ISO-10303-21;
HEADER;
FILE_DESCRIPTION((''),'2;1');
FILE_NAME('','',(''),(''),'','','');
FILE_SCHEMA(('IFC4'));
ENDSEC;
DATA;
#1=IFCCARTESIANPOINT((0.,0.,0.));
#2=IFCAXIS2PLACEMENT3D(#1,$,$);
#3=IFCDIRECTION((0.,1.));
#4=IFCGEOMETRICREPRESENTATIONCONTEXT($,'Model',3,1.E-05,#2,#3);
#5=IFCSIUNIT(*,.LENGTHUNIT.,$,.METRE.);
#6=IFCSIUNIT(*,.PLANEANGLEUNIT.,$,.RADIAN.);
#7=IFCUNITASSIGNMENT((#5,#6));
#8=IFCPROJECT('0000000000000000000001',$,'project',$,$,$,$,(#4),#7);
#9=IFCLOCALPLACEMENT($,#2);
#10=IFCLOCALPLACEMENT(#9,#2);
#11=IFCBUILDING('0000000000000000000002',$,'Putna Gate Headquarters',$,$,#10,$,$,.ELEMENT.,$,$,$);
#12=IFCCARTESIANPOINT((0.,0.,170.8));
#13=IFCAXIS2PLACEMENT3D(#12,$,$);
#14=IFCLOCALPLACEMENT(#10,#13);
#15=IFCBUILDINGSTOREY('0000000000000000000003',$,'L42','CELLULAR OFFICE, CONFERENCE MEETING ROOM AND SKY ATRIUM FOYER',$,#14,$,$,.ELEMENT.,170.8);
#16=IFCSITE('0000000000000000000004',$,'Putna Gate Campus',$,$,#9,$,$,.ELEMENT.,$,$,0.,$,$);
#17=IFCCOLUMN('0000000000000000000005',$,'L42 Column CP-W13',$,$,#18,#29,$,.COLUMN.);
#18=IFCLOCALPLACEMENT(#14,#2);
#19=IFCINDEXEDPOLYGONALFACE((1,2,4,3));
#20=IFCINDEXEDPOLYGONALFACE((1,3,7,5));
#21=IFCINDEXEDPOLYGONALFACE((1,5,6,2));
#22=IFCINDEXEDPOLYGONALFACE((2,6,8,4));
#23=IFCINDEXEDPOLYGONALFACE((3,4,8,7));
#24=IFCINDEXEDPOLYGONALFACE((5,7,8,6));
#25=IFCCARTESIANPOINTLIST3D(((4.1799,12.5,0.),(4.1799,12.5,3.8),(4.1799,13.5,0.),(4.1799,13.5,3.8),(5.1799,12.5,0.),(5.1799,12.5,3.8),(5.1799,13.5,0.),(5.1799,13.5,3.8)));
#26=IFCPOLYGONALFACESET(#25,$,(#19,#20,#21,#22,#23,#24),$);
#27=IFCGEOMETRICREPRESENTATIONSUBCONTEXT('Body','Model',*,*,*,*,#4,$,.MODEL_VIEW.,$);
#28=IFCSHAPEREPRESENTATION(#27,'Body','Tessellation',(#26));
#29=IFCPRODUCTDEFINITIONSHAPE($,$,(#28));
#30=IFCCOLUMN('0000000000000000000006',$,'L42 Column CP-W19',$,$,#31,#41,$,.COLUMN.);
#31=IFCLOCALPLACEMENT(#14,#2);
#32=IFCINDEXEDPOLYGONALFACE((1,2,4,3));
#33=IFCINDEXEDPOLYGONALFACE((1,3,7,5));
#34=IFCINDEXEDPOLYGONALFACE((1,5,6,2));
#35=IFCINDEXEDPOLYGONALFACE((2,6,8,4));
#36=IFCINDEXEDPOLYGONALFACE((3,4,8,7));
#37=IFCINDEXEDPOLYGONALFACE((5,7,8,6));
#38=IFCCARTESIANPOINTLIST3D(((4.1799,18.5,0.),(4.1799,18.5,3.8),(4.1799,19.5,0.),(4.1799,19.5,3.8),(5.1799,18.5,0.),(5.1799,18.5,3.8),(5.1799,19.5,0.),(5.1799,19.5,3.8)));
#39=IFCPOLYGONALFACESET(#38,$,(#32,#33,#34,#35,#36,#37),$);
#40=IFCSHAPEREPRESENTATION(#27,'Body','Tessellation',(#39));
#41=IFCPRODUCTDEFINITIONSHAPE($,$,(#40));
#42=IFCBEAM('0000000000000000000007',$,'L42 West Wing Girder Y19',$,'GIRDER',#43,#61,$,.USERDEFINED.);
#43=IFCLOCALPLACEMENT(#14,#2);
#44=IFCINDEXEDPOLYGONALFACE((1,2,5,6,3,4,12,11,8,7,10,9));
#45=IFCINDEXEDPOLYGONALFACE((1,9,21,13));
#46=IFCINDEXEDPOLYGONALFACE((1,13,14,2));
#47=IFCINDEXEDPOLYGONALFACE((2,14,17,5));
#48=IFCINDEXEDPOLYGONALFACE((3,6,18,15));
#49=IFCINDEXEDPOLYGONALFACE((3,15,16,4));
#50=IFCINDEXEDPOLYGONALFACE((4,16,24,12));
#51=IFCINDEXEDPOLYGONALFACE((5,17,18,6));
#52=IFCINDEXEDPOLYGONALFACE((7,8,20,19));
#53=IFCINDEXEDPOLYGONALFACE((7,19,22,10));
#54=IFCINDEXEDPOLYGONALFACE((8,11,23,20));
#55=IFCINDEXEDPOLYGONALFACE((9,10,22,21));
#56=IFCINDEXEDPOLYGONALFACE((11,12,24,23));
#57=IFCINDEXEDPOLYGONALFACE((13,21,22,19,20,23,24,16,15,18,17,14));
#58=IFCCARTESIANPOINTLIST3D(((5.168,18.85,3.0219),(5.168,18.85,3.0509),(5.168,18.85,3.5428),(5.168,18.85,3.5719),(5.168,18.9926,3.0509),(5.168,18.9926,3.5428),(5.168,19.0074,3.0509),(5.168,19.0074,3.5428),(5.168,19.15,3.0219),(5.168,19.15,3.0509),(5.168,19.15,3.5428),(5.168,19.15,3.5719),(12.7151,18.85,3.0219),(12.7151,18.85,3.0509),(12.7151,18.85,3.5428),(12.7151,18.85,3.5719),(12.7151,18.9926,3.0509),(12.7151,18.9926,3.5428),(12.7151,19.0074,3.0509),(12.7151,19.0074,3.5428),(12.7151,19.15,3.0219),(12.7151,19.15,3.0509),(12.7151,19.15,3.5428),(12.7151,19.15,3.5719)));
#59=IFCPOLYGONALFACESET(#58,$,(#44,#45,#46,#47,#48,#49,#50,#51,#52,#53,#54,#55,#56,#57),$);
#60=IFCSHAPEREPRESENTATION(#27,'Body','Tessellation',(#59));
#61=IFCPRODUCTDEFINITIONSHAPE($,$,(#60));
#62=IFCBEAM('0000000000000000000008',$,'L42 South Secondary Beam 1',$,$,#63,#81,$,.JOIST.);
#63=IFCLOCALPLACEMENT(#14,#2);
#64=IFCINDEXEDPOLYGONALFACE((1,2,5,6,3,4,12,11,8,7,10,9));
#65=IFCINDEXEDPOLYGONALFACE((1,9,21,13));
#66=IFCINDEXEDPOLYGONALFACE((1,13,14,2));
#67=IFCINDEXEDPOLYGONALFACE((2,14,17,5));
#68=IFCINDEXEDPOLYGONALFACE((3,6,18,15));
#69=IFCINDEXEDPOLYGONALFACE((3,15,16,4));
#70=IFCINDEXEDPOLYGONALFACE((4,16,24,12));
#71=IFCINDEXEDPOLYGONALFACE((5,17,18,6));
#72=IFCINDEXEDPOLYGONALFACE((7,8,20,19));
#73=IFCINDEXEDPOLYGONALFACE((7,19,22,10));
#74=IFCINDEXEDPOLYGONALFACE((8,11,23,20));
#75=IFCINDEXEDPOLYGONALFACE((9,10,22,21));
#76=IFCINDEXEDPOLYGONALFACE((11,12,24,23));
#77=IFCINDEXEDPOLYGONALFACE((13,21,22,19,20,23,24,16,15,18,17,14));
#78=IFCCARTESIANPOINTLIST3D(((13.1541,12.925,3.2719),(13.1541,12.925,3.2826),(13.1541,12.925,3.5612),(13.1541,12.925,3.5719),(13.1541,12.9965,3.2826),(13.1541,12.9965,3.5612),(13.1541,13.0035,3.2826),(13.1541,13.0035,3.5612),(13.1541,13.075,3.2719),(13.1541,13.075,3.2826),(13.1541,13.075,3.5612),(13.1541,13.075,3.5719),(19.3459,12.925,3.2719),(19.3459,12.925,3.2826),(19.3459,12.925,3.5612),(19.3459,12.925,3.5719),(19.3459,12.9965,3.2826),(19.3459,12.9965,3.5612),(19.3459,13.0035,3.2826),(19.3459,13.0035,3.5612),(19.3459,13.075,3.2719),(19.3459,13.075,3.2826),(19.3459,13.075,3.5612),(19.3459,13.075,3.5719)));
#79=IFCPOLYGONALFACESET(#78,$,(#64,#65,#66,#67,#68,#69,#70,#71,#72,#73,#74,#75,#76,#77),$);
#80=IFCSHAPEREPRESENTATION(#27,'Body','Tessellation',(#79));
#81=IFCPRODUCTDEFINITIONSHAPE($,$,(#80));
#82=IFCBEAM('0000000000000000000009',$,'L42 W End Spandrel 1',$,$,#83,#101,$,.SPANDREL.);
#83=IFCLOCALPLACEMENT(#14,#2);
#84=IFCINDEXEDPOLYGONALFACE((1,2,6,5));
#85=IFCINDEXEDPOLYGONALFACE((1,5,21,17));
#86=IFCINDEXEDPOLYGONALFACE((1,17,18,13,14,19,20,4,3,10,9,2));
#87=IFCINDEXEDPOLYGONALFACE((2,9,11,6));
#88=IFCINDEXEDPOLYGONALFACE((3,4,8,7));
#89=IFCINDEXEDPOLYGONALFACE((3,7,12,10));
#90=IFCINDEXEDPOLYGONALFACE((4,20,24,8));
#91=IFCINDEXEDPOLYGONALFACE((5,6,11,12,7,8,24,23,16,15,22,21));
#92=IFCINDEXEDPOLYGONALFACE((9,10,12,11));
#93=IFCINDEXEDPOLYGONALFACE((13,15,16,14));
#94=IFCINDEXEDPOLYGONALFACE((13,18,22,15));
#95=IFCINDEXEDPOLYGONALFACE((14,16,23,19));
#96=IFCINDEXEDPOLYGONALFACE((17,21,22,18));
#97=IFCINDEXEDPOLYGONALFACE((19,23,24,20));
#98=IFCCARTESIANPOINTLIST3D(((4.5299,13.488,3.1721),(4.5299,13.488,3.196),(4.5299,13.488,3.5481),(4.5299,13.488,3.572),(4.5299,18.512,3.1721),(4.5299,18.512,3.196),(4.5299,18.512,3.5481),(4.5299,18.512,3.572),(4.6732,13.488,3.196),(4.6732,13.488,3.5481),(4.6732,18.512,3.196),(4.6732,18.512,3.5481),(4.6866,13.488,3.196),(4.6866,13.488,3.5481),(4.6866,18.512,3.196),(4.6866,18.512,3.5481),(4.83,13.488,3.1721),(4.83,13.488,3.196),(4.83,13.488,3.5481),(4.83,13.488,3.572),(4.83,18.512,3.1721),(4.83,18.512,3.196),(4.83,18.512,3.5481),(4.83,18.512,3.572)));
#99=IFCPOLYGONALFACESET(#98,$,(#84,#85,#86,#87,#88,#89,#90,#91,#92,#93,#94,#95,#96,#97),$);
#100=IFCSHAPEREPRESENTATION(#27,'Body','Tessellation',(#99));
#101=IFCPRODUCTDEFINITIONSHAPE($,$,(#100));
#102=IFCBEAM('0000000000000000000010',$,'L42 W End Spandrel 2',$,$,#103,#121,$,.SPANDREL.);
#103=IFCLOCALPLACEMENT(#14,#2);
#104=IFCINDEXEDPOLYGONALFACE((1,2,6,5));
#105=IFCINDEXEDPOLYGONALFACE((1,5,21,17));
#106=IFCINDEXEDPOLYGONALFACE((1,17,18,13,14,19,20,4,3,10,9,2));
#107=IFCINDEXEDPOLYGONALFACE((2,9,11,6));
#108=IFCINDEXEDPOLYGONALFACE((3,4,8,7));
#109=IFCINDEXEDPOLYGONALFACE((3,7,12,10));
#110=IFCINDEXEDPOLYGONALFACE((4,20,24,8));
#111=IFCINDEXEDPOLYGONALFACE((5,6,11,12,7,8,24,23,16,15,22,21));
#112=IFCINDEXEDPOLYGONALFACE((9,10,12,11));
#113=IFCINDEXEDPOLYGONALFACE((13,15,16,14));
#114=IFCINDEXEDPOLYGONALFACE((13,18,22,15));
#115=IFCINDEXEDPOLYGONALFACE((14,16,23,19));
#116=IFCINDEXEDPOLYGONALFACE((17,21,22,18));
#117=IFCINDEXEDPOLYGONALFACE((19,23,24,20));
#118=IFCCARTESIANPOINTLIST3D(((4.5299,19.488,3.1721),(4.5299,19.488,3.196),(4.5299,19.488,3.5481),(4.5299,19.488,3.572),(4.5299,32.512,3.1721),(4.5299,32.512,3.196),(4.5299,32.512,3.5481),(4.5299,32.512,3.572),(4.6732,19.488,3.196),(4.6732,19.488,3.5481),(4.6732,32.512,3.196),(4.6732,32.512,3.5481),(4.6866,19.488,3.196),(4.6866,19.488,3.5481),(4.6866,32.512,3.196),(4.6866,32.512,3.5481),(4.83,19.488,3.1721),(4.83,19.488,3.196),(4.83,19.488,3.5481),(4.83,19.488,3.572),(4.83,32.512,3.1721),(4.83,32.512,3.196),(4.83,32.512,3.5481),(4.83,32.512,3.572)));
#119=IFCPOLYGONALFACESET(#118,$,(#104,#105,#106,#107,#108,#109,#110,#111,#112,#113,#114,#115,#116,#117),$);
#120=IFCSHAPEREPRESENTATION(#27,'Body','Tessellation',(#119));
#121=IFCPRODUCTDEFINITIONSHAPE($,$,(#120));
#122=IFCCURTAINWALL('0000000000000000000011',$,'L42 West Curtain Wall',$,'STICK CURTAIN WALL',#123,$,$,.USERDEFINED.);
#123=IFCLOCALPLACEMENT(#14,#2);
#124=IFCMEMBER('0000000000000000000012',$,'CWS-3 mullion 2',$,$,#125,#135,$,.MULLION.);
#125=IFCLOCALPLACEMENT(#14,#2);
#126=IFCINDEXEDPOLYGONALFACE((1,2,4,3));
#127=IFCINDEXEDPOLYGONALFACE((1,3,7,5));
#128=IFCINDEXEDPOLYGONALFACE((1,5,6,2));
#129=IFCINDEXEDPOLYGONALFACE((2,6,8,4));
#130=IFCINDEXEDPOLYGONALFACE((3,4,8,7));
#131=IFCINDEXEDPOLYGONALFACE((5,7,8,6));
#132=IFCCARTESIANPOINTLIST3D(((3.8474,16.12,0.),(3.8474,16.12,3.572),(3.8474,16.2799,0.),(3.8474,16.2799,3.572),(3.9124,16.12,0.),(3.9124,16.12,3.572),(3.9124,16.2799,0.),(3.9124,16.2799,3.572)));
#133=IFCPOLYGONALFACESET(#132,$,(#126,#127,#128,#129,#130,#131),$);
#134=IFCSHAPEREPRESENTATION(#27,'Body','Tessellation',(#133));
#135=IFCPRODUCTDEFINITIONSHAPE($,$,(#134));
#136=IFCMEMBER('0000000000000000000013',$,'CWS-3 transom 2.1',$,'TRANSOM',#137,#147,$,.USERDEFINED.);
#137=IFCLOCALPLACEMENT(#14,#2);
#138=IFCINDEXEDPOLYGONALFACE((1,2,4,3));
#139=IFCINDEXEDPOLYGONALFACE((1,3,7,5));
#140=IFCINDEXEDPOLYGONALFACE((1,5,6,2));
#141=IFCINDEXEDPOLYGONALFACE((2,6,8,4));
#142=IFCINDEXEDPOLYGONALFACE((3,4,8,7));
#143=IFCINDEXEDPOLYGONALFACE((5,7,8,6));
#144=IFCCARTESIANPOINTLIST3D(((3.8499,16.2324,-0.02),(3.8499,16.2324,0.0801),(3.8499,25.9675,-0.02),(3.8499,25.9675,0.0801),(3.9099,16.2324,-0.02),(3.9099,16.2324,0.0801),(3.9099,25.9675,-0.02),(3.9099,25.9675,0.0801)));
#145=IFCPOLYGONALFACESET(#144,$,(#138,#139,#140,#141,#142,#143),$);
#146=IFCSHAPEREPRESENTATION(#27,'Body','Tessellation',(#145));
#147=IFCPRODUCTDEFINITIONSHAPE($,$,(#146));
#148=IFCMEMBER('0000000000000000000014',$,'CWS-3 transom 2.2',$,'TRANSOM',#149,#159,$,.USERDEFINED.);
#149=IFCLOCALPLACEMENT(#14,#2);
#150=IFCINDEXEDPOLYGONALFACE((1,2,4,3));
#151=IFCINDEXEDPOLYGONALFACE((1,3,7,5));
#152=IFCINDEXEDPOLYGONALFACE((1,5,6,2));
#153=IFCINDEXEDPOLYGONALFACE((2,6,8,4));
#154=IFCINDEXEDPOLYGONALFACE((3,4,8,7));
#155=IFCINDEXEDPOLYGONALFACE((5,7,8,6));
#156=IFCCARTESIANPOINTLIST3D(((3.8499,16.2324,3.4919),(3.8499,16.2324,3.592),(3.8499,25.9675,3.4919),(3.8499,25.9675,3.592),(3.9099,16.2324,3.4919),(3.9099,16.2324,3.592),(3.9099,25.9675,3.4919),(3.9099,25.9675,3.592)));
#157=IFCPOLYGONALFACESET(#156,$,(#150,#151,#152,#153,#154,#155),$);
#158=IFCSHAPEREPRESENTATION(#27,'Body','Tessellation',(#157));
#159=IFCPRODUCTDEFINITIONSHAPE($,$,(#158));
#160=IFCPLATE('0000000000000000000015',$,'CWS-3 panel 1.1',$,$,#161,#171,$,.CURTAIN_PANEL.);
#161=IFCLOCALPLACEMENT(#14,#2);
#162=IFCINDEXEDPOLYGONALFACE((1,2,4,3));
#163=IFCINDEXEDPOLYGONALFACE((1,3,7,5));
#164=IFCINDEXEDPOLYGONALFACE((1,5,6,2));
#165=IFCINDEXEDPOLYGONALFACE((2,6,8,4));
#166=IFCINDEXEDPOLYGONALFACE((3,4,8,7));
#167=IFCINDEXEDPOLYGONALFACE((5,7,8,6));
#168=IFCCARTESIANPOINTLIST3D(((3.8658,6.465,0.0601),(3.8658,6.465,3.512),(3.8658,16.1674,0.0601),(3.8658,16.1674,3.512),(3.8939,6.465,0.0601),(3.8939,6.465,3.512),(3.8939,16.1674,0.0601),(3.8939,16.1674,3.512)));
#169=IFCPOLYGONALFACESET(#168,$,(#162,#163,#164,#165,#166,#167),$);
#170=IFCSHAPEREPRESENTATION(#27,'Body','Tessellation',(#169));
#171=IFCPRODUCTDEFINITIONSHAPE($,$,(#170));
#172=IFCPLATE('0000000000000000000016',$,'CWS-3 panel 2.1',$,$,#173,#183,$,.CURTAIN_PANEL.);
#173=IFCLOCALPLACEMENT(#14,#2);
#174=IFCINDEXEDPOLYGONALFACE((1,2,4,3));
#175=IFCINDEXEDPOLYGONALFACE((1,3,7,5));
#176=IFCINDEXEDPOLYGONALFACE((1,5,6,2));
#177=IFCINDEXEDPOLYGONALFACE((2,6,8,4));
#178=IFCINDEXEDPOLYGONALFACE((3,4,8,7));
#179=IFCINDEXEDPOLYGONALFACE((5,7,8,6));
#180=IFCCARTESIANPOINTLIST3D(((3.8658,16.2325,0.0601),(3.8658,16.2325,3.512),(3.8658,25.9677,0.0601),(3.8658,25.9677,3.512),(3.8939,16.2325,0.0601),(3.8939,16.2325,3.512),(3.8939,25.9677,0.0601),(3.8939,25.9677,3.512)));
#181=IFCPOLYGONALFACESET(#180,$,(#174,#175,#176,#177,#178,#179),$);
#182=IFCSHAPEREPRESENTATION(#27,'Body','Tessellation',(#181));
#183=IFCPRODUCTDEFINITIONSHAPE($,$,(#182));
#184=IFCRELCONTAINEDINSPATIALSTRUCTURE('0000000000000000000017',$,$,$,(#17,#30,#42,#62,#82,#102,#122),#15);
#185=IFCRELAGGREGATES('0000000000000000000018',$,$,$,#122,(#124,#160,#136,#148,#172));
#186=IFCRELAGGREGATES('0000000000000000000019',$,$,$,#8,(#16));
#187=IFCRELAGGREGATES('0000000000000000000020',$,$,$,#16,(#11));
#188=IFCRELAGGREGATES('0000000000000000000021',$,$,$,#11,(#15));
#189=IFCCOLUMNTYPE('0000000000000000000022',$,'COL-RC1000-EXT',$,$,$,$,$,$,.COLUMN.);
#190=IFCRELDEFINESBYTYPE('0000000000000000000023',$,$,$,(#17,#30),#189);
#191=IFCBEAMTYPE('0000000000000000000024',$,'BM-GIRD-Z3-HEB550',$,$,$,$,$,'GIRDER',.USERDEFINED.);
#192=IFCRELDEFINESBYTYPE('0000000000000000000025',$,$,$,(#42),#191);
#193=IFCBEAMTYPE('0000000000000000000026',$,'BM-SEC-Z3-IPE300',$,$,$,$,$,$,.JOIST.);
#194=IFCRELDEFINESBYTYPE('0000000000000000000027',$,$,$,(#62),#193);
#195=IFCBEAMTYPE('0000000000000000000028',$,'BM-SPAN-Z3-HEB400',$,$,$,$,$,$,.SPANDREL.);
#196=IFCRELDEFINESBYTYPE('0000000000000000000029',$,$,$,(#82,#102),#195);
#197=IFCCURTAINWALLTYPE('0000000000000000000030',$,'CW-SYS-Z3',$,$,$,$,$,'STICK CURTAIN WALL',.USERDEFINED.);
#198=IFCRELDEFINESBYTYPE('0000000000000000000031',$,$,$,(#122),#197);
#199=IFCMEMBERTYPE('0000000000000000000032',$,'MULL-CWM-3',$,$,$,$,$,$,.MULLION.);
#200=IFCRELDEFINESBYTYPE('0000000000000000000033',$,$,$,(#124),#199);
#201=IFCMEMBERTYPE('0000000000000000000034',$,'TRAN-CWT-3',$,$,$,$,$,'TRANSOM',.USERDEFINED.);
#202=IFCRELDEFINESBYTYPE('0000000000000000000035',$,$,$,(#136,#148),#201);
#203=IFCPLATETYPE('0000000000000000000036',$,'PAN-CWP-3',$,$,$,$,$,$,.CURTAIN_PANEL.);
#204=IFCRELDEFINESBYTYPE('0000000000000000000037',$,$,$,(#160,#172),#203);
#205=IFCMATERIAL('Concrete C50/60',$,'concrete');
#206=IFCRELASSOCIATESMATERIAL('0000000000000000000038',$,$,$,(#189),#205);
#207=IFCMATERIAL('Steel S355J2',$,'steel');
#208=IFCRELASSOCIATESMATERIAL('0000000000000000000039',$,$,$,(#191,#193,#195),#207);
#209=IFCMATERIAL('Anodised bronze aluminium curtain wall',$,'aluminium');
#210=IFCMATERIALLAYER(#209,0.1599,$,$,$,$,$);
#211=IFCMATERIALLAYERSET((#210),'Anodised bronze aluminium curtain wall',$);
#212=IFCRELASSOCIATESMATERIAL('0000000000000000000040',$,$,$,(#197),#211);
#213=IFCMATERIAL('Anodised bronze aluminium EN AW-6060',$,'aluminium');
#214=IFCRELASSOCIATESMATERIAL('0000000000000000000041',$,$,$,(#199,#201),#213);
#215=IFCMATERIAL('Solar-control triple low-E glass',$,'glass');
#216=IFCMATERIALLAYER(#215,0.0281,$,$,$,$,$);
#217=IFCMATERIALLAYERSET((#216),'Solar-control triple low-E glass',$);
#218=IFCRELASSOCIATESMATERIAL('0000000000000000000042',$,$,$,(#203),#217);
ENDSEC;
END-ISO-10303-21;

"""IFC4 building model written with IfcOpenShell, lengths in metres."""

from ifc_helpers import new_model, si_unit, direction, frame, origin, origin_2d, place, context, subcontext, project, spatial, rectangle, i_section, extrude, material, layer, layer_set, material_profile, profile_set, type_object, element, aggregate, save


model = new_model("IFC4")

# Units and contexts
model_context = context("Model", 3, precision=1e-05, world=origin(), true_north=direction((0.0, 1.0)))
body_context = subcontext(model_context, "Body", "Model", "MODEL_VIEW")
ifc_project = project(units=[si_unit("LENGTHUNIT", "METRE"), si_unit("PLANEANGLEUNIT", "RADIAN")], contexts=[model_context])

# Site, building, storey
site_placement = place(None, origin())
site = spatial("IfcSite", under=ifc_project, at=site_placement, Name="Putna Gate Campus", CompositionType="ELEMENT", RefElevation=0.0)
building_placement = place(site_placement, origin())
building = spatial("IfcBuilding", under=site, at=building_placement, Name="Putna Gate Headquarters", CompositionType="ELEMENT")
storey_placement = place(building_placement, frame((0.0, 0.0, 170.8)))
storey = spatial("IfcBuildingStorey", under=building, at=storey_placement, Name="L42", Description="CELLULAR OFFICE, CONFERENCE MEETING ROOM AND SKY ATRIUM FOYER", CompositionType="ELEMENT", Elevation=170.8)

# Columns
ifc_material_1 = material(Name="Concrete C50/60", Category="concrete")
ifc_material_profile_1 = material_profile(ifc_material_1, rectangle(XDim=1.0, YDim=1.0, at=origin_2d()), Name="Concrete C50/60")
ifc_profile_set_1 = profile_set([ifc_material_profile_1], Name="Concrete C50/60")
column_type = type_object("IfcColumnType", Name="COL-RC1000-EXT", PredefinedType="COLUMN", material=ifc_profile_set_1)
for number, where, z_axis, x_axis, name in (
    (1, (4.6799, 13.0, 0.0), (0.0, 0.0, 1.0), (1.0, 0.0, 0.0), "L42 Column CP-W13"),
    (2, (4.6799, 19.0, 0.0), (0.0, 0.0, 1.0), (1.0, 0.0, 0.0), "L42 Column CP-W19"),
):
    element("IfcColumn", number, at=place(storey_placement, frame(where, z_axis=z_axis, x_axis=x_axis)), inside=storey, type_object=column_type, Name=name, PredefinedType="COLUMN", context=body_context, shape_type="SweptSolid", body=[
        extrude(rectangle(XDim=1.0, YDim=1.0, at=origin_2d()), origin(), (0.0, 0.0, 1.0), 3.8),
    ])

# Beams
ifc_material_2 = material(Name="Steel S355J2", Category="steel")
ifc_material_profile_2 = material_profile(ifc_material_2, i_section(OverallWidth=0.3, OverallDepth=0.55, WebThickness=0.0149, FlangeThickness=0.0291, at=origin_2d()), Name="Steel S355J2")
ifc_profile_set_2 = profile_set([ifc_material_profile_2], Name="Steel S355J2")
beam_type_1 = type_object("IfcBeamType", Name="BM-GIRD-Z3-HEB550", ElementType="GIRDER", PredefinedType="USERDEFINED", material=ifc_profile_set_2)
beam_1_placement = place(storey_placement, frame((5.168, 19.0, 3.2969), z_axis=(1.0, 0.0, 0.0), x_axis=(0.0, 1.0, 0.0)))
element("IfcBeam", 3, at=beam_1_placement, inside=storey, type_object=beam_type_1, Name="L42 West Wing Girder Y19", ObjectType="GIRDER", PredefinedType="USERDEFINED", context=body_context, shape_type="SweptSolid", body=[
    extrude(i_section(OverallWidth=0.3, OverallDepth=0.55, WebThickness=0.0149, FlangeThickness=0.0291, at=origin_2d()), origin(), (0.0, 0.0, 1.0), 7.5471),
])
ifc_material_profile_3 = material_profile(ifc_material_2, i_section(OverallWidth=0.1499, OverallDepth=0.3, WebThickness=0.0071, FlangeThickness=0.0107, at=origin_2d()), Name="Steel S355J2")
ifc_profile_set_3 = profile_set([ifc_material_profile_3], Name="Steel S355J2")
beam_type_2 = type_object("IfcBeamType", Name="BM-SEC-Z3-IPE300", PredefinedType="JOIST", material=ifc_profile_set_3)
beam_2_placement = place(storey_placement, frame((13.1541, 13.0, 3.4219), z_axis=(1.0, 0.0, 0.0), x_axis=(0.0, 1.0, 0.0)))
element("IfcBeam", 4, at=beam_2_placement, inside=storey, type_object=beam_type_2, Name="L42 South Secondary Beam 1", PredefinedType="JOIST", context=body_context, shape_type="SweptSolid", body=[
    extrude(i_section(OverallWidth=0.1499, OverallDepth=0.3, WebThickness=0.0071, FlangeThickness=0.0107, at=origin_2d()), origin(), (0.0, 0.0, 1.0), 6.1919),
])
ifc_material_profile_4 = material_profile(ifc_material_2, i_section(OverallWidth=0.3, OverallDepth=0.3999, WebThickness=0.0134, FlangeThickness=0.0239, at=origin_2d()), Name="Steel S355J2")
ifc_profile_set_4 = profile_set([ifc_material_profile_4], Name="Steel S355J2")
beam_type_3 = type_object("IfcBeamType", Name="BM-SPAN-Z3-HEB400", PredefinedType="SPANDREL", material=ifc_profile_set_4)
beam_3_placement = place(storey_placement, frame((4.6799, 13.488, 3.3721), z_axis=(0.0, 1.0, 0.0), x_axis=(-1.0, 0.0, 0.0)))
element("IfcBeam", 5, at=beam_3_placement, inside=storey, type_object=beam_type_3, Name="L42 W End Spandrel 1", PredefinedType="SPANDREL", context=body_context, shape_type="SweptSolid", body=[
    extrude(i_section(OverallWidth=0.3, OverallDepth=0.3999, WebThickness=0.0134, FlangeThickness=0.0239, at=origin_2d()), origin(), (0.0, 0.0, 1.0), 5.0239),
])
beam_4_placement = place(storey_placement, frame((4.6799, 19.488, 3.3721), z_axis=(0.0, 1.0, 0.0), x_axis=(-1.0, 0.0, 0.0)))
element("IfcBeam", 6, at=beam_4_placement, inside=storey, type_object=beam_type_3, Name="L42 W End Spandrel 2", PredefinedType="SPANDREL", context=body_context, shape_type="SweptSolid", body=[
    extrude(i_section(OverallWidth=0.3, OverallDepth=0.3999, WebThickness=0.0134, FlangeThickness=0.0239, at=origin_2d()), origin(), (0.0, 0.0, 1.0), 13.0239),
])

# Curtain wall, members, plates
ifc_material_3 = material(Name="Anodised bronze aluminium curtain wall", Category="aluminium")
ifc_layer_1 = layer(ifc_material_3, 0.1599)
ifc_layer_set_1 = layer_set([ifc_layer_1], Name="Anodised bronze aluminium curtain wall")
curtain_wall_type = type_object("IfcCurtainWallType", Name="CW-SYS-Z3", ElementType="STICK CURTAIN WALL", PredefinedType="USERDEFINED", material=ifc_layer_set_1)
curtain_wall_placement = place(storey_placement, origin())
curtain_wall = element("IfcCurtainWall", 7, at=curtain_wall_placement, inside=storey, type_object=curtain_wall_type, Name="L42 West Curtain Wall", ObjectType="STICK CURTAIN WALL", PredefinedType="USERDEFINED")
ifc_material_4 = material(Name="Anodised bronze aluminium EN AW-6060", Category="aluminium")
ifc_material_profile_5 = material_profile(ifc_material_4, rectangle(XDim=0.0649, YDim=0.1599, at=origin_2d()), Name="Anodised bronze aluminium EN AW-6060")
ifc_profile_set_5 = profile_set([ifc_material_profile_5], Name="Anodised bronze aluminium EN AW-6060")
member_type_1 = type_object("IfcMemberType", Name="MULL-CWM-3", PredefinedType="MULLION", material=ifc_profile_set_5)
member_1_placement = place(storey_placement, frame((3.8799, 16.2, 0.0), z_axis=(0.0, 0.0, 1.0), x_axis=(-1.0, 0.0, 0.0)))
member_1 = element("IfcMember", 8, at=member_1_placement, type_object=member_type_1, Name="CWS-3 mullion 2", PredefinedType="MULLION", context=body_context, shape_type="SweptSolid", body=[
    extrude(rectangle(XDim=0.0649, YDim=0.1599, at=origin_2d()), origin(), (0.0, 0.0, 1.0), 3.572),
])
ifc_material_profile_6 = material_profile(ifc_material_4, rectangle(XDim=0.0601, YDim=0.1001, at=origin_2d()), Name="Anodised bronze aluminium EN AW-6060")
ifc_profile_set_6 = profile_set([ifc_material_profile_6], Name="Anodised bronze aluminium EN AW-6060")
member_type_2 = type_object("IfcMemberType", Name="TRAN-CWT-3", ElementType="TRANSOM", PredefinedType="USERDEFINED", material=ifc_profile_set_6)
member_2_placement = place(storey_placement, frame((3.8799, 16.2324, 0.03), z_axis=(0.0, 1.0, 0.0), x_axis=(-1.0, 0.0, 0.0)))
member_2 = element("IfcMember", 9, at=member_2_placement, type_object=member_type_2, Name="CWS-3 transom 2.1", ObjectType="TRANSOM", PredefinedType="USERDEFINED", context=body_context, shape_type="SweptSolid", body=[
    extrude(rectangle(XDim=0.0601, YDim=0.1001, at=origin_2d()), origin(), (0.0, 0.0, 1.0), 9.7351),
])
member_3_placement = place(storey_placement, frame((3.8799, 16.2324, 3.542), z_axis=(0.0, 1.0, 0.0), x_axis=(-1.0, 0.0, 0.0)))
member_3 = element("IfcMember", 10, at=member_3_placement, type_object=member_type_2, Name="CWS-3 transom 2.2", ObjectType="TRANSOM", PredefinedType="USERDEFINED", context=body_context, shape_type="SweptSolid", body=[
    extrude(rectangle(XDim=0.0601, YDim=0.1001, at=origin_2d()), origin(), (0.0, 0.0, 1.0), 9.7351),
])
ifc_material_5 = material(Name="Solar-control triple low-E glass", Category="glass")
ifc_layer_2 = layer(ifc_material_5, 0.0281)
ifc_layer_set_2 = layer_set([ifc_layer_2], Name="Solar-control triple low-E glass")
plate_type = type_object("IfcPlateType", Name="PAN-CWP-3", PredefinedType="CURTAIN_PANEL", material=ifc_layer_set_2)
plate_1_placement = place(storey_placement, frame((3.8799, 11.3162, 0.0601), z_axis=(0.0, 0.0, 1.0), x_axis=(0.0, 1.0, 0.0)))
plate_1 = element("IfcPlate", 11, at=plate_1_placement, type_object=plate_type, Name="CWS-3 panel 1.1", PredefinedType="CURTAIN_PANEL", context=body_context, shape_type="SweptSolid", body=[
    extrude(rectangle(XDim=9.7024, YDim=0.0281, at=origin_2d()), origin(), (0.0, 0.0, 1.0), 3.4519),
])
plate_2_placement = place(storey_placement, frame((3.8799, 21.1001, 0.0601), z_axis=(0.0, 0.0, 1.0), x_axis=(0.0, 1.0, 0.0)))
plate_2 = element("IfcPlate", 12, at=plate_2_placement, type_object=plate_type, Name="CWS-3 panel 2.1", PredefinedType="CURTAIN_PANEL", context=body_context, shape_type="SweptSolid", body=[
    extrude(rectangle(XDim=9.7351, YDim=0.0281, at=origin_2d()), origin(), (0.0, 0.0, 1.0), 3.4519),
])
aggregate(curtain_wall, [member_1, plate_1, member_2, member_3, plate_2])

save(model, "model.ifc")
